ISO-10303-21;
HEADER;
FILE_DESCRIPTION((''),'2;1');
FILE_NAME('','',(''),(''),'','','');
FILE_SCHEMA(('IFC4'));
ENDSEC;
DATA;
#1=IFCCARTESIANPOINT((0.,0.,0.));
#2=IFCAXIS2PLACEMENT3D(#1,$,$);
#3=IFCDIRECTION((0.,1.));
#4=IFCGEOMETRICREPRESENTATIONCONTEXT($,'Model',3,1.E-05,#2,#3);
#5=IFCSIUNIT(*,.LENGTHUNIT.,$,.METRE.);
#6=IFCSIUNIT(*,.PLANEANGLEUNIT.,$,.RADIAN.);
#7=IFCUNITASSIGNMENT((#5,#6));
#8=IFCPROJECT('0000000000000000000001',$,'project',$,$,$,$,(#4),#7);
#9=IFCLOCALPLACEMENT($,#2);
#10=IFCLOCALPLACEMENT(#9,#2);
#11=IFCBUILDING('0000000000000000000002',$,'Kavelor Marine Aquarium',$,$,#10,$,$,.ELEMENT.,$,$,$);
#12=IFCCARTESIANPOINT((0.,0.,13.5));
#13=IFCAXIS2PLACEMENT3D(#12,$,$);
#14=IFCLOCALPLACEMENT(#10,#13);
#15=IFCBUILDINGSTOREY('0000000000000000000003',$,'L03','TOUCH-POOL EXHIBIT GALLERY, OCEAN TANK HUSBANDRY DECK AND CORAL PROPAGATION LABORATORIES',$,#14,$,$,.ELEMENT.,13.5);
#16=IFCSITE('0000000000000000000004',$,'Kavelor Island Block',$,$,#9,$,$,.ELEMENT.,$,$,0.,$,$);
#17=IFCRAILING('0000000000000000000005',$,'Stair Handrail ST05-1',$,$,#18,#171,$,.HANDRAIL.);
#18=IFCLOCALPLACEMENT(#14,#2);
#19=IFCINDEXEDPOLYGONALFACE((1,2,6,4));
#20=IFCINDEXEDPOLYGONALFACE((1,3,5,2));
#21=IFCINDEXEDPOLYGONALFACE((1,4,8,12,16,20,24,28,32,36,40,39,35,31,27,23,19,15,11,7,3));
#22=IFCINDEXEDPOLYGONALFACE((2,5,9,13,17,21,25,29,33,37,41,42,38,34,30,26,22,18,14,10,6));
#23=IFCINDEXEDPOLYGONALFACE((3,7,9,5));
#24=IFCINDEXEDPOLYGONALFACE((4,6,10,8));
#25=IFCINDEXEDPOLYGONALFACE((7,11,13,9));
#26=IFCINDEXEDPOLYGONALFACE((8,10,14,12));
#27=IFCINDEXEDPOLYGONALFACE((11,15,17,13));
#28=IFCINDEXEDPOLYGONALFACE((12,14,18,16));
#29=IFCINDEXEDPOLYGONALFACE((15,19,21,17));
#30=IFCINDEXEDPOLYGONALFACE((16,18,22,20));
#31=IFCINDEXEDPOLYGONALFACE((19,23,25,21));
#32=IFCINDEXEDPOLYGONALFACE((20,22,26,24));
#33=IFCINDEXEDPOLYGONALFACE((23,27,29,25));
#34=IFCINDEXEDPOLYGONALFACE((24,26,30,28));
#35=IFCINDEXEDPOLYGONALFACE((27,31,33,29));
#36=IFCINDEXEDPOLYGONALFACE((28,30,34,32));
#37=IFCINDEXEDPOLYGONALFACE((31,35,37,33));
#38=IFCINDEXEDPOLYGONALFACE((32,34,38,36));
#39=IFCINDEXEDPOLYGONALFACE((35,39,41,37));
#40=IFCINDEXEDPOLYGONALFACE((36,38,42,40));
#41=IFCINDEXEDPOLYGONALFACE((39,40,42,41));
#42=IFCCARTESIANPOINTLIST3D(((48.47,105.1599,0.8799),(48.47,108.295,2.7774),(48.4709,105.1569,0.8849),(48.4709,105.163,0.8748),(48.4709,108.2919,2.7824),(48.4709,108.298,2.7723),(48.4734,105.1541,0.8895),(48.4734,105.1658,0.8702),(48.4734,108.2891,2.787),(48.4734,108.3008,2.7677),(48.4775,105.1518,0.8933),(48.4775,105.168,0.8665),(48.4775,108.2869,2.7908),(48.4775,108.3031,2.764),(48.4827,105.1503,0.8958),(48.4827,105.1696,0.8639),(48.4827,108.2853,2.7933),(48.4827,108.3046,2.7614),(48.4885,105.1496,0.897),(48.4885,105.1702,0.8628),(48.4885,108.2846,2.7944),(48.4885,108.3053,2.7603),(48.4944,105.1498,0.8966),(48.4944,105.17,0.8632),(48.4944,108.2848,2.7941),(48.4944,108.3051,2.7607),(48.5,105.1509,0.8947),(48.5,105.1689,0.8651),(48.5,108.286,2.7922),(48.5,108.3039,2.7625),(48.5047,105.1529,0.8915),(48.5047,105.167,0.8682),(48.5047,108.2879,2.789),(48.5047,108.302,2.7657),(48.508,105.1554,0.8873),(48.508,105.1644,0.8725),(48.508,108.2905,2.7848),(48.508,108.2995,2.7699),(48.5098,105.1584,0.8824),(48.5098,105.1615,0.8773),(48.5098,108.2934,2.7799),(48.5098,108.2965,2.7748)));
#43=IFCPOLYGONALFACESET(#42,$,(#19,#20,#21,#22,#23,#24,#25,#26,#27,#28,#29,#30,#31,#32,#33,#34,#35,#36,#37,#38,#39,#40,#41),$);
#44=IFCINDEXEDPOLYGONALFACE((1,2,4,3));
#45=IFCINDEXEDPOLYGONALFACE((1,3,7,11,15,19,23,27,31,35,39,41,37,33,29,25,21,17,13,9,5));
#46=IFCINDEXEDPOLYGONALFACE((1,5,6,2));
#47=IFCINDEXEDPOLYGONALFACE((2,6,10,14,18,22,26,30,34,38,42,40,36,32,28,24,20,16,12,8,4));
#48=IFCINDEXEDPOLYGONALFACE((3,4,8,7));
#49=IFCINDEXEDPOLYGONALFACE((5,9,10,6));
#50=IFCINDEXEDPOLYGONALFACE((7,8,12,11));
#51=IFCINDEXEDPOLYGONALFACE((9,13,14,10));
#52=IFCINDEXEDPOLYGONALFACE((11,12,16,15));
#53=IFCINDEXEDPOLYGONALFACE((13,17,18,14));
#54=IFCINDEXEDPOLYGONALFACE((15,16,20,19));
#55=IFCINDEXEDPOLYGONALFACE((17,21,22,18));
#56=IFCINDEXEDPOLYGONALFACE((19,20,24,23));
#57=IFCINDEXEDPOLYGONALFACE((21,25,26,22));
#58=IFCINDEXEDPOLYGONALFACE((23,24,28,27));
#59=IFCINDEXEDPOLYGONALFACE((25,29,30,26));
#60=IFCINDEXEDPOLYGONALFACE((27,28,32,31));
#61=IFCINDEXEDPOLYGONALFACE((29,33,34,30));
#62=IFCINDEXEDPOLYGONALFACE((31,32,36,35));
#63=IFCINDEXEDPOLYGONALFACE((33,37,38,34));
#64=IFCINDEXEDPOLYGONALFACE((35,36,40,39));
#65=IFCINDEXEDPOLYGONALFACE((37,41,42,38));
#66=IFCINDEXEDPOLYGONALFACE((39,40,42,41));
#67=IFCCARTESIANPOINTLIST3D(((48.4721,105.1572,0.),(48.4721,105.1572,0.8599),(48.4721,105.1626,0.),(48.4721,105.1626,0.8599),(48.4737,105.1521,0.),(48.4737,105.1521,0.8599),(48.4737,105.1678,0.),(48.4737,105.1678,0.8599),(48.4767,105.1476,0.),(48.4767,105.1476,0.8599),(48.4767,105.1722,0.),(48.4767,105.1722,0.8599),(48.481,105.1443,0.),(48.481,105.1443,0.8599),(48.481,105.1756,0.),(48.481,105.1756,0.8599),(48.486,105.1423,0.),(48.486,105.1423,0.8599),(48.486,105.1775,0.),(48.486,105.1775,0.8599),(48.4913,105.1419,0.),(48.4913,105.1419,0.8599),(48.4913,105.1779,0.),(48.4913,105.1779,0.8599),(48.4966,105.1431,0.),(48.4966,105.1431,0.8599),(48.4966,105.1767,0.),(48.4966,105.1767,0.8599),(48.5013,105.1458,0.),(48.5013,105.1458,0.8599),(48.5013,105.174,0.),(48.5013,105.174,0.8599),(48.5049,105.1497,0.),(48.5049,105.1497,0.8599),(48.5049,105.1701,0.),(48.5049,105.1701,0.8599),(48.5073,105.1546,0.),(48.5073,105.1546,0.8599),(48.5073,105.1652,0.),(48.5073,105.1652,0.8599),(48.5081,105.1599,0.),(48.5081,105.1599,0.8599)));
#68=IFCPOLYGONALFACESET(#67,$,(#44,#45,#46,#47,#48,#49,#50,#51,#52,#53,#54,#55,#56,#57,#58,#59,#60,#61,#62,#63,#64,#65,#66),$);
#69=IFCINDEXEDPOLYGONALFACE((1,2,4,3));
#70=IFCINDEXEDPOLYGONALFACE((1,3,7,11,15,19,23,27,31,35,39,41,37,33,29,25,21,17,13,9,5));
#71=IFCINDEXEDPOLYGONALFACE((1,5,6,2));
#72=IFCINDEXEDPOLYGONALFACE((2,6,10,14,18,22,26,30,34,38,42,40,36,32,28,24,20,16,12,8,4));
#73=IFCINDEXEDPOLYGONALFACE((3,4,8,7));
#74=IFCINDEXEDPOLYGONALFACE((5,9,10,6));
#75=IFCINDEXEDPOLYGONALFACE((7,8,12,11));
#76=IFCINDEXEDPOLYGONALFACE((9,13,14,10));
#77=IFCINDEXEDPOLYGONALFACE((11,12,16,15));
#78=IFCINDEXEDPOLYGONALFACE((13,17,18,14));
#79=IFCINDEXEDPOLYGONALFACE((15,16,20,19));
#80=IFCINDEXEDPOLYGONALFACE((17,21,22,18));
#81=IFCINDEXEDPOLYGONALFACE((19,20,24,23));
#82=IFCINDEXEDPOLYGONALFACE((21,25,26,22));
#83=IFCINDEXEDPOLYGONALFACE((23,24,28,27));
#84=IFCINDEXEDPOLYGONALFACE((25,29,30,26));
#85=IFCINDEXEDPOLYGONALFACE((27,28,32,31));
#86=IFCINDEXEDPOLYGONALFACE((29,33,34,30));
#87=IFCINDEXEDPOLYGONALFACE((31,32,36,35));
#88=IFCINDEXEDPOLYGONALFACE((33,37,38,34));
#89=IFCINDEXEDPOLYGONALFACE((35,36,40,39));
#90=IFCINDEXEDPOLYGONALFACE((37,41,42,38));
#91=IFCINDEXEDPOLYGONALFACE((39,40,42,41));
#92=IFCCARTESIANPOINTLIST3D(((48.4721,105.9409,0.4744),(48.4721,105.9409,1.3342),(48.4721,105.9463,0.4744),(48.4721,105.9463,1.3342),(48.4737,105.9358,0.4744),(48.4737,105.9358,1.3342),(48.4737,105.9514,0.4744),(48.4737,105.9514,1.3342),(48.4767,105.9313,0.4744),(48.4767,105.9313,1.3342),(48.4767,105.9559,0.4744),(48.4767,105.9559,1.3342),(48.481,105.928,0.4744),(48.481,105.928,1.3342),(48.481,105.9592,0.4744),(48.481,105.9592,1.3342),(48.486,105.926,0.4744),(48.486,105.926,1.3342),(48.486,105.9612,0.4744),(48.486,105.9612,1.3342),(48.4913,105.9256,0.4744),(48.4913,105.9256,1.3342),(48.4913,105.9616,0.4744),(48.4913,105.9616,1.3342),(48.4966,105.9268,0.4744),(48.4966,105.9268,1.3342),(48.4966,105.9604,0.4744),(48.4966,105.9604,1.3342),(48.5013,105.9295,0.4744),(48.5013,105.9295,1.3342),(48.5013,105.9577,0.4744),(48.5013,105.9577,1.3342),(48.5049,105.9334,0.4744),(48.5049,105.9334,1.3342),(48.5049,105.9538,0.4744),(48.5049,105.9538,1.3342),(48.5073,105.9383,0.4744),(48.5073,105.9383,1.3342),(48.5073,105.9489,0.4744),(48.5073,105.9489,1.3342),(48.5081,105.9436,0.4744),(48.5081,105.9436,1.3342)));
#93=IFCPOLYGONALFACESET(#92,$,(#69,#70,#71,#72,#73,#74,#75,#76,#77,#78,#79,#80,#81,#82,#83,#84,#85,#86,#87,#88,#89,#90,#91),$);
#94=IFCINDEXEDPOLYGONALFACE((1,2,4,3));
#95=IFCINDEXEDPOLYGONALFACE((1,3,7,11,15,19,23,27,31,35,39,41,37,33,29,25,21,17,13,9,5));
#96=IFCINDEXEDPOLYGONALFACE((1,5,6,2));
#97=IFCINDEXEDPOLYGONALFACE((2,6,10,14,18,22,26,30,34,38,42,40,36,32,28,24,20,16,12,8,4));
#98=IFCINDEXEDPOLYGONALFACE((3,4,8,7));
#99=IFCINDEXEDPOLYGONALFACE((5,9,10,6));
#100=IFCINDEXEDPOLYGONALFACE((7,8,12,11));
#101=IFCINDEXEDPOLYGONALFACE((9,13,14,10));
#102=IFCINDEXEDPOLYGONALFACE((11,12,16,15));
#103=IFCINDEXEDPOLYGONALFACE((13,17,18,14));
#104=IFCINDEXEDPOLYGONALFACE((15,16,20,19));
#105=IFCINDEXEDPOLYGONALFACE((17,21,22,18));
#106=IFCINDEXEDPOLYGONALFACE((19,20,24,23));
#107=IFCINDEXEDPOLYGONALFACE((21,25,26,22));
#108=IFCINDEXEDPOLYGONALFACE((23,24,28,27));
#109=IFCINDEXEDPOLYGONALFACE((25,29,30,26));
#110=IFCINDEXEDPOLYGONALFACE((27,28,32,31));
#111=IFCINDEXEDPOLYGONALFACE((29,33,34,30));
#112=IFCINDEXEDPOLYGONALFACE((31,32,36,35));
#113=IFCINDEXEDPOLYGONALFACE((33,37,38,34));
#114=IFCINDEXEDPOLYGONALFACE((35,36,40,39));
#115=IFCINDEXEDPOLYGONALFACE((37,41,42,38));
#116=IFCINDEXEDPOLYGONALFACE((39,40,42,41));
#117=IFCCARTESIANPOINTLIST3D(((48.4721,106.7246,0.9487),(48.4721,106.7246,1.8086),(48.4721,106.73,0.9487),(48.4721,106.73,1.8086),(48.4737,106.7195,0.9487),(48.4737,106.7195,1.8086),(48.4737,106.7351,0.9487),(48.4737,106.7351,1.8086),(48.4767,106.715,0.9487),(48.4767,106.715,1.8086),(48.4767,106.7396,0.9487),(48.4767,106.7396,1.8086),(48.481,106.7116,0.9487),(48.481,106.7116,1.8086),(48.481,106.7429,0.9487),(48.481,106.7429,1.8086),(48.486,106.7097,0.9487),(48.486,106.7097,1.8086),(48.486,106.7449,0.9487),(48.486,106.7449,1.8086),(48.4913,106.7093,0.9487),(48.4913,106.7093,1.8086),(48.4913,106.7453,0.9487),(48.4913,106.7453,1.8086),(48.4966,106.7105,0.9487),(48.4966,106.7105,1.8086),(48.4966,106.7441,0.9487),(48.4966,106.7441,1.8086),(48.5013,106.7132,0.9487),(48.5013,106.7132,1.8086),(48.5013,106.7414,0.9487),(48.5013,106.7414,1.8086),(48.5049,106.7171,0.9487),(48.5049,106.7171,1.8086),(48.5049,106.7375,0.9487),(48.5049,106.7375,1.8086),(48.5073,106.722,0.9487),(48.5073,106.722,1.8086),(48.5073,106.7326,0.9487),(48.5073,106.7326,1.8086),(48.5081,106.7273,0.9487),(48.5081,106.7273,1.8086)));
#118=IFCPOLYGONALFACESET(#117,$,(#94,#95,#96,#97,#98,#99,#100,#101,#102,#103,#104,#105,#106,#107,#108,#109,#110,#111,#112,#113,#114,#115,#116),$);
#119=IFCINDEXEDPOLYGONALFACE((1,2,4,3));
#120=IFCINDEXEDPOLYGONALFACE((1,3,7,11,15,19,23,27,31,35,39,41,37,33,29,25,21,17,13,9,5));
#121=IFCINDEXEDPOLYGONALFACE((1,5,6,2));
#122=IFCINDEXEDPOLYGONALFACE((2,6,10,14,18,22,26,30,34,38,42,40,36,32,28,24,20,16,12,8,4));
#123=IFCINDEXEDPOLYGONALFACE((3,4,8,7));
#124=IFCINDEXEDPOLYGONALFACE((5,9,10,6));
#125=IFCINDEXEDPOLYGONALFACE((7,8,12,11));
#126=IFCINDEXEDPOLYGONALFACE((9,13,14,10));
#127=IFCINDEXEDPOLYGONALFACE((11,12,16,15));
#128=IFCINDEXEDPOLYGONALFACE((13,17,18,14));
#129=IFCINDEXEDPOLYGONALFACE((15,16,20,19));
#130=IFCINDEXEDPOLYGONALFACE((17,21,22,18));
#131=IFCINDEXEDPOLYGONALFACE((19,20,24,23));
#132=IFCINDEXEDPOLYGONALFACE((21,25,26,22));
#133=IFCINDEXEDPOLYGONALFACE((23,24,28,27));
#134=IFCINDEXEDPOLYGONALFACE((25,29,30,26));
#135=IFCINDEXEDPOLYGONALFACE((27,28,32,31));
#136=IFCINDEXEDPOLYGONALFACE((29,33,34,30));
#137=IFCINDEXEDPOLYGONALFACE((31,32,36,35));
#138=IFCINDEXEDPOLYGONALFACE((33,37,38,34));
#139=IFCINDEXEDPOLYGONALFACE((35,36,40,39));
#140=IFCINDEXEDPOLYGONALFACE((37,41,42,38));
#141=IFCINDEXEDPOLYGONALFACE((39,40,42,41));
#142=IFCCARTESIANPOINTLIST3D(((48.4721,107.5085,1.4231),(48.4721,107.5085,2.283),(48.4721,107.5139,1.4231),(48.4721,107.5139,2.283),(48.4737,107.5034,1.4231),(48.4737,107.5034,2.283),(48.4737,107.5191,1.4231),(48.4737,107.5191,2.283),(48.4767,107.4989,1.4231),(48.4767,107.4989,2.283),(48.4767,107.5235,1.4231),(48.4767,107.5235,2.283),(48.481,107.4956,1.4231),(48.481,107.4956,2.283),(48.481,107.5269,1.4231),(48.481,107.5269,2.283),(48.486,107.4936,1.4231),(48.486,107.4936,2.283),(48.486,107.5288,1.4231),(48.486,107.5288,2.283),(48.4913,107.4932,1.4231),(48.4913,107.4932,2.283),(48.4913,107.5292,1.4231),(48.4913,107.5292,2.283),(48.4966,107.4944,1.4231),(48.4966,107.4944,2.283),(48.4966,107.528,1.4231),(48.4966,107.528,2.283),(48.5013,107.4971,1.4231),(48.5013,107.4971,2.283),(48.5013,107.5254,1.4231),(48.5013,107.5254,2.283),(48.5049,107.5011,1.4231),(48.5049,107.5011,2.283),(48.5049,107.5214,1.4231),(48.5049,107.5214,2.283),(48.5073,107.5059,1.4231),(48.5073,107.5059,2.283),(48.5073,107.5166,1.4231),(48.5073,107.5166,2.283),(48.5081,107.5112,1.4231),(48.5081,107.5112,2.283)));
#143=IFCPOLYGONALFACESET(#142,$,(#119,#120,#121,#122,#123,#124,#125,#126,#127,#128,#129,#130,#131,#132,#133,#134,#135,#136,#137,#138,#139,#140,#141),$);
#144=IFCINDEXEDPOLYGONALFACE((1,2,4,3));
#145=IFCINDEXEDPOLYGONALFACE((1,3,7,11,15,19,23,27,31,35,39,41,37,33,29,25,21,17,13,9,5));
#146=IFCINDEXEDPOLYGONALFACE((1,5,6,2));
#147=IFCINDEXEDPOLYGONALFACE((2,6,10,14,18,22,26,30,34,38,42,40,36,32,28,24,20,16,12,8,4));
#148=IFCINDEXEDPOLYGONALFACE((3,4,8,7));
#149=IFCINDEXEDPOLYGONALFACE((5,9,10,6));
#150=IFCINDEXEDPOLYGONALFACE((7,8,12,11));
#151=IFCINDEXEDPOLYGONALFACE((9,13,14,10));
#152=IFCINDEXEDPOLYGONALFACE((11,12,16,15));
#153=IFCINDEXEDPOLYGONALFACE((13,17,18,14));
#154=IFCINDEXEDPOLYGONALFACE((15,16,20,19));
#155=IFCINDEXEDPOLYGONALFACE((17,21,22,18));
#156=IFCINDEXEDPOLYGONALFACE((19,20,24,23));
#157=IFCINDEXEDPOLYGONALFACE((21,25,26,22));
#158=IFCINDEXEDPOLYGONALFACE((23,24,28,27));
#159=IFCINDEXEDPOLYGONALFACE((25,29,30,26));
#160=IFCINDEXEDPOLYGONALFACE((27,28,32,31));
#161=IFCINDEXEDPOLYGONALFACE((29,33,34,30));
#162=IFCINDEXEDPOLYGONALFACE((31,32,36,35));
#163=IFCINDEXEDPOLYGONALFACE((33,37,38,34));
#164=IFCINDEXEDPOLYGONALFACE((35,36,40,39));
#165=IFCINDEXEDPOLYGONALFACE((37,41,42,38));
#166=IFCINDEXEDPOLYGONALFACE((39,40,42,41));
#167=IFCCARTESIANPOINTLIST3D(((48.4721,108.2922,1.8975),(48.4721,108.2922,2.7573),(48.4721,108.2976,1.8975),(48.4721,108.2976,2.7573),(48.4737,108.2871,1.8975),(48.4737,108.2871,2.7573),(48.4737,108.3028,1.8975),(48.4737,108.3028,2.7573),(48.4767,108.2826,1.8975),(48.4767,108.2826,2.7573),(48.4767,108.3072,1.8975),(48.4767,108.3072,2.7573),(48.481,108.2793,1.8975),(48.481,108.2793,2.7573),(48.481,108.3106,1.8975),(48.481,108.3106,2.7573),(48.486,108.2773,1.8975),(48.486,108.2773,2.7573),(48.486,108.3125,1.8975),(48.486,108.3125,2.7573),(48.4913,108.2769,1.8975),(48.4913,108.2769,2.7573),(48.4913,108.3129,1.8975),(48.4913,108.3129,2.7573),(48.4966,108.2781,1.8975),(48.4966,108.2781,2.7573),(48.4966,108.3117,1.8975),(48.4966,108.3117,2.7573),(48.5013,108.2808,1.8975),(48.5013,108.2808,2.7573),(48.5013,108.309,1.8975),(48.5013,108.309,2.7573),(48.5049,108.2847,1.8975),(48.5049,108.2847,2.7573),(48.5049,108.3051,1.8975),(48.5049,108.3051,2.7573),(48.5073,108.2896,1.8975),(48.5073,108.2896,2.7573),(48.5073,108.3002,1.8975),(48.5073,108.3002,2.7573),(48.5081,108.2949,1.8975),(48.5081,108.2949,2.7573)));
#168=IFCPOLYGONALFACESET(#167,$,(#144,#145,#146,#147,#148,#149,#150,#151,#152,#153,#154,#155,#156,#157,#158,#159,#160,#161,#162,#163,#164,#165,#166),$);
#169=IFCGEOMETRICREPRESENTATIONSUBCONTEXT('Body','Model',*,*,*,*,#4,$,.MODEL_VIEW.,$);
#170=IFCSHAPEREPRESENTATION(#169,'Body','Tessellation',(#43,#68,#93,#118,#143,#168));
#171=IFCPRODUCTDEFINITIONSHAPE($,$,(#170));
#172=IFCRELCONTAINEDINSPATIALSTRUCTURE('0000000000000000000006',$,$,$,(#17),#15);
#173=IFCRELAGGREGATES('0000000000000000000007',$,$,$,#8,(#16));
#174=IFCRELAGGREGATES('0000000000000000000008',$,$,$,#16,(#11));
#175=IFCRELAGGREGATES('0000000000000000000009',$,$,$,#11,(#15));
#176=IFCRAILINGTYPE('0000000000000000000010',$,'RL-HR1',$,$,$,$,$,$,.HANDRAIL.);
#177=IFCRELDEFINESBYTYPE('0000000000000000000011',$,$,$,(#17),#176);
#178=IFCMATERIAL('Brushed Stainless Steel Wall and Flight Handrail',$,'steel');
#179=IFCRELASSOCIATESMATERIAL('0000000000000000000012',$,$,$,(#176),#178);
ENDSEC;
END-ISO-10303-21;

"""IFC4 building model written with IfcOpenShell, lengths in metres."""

from ifc_helpers import new_model, si_unit, direction, frame, origin, origin_2d, place, context, subcontext, project, spatial, circle, extrude, material, type_object, element, save


model = new_model("IFC4")

# Units and contexts
model_context = context("Model", 3, precision=1e-05, world=origin(), true_north=direction((0.0, 1.0)))
body_context = subcontext(model_context, "Body", "Model", "MODEL_VIEW")
ifc_project = project(units=[si_unit("LENGTHUNIT", "METRE"), si_unit("PLANEANGLEUNIT", "RADIAN")], contexts=[model_context])

# Site, building, storey
site_placement = place(None, origin())
site = spatial("IfcSite", under=ifc_project, at=site_placement, Name="Kavelor Island Block", CompositionType="ELEMENT", RefElevation=0.0)
building_placement = place(site_placement, origin())
building = spatial("IfcBuilding", under=site, at=building_placement, Name="Kavelor Marine Aquarium", CompositionType="ELEMENT")
storey_placement = place(building_placement, frame((0.0, 0.0, 13.5)))
storey = spatial("IfcBuildingStorey", under=building, at=storey_placement, Name="L03", Description="TOUCH-POOL EXHIBIT GALLERY, OCEAN TANK HUSBANDRY DECK AND CORAL PROPAGATION LABORATORIES", CompositionType="ELEMENT", Elevation=13.5)

# Railing
ifc_material_1 = material(Name="Brushed Stainless Steel Wall and Flight Handrail", Category="steel")
railing_type_1 = type_object("IfcRailingType", Name="RL-HR1", PredefinedType="HANDRAIL", material=ifc_material_1)
railing_1_placement = place(storey_placement, frame((48.49, 105.1599, 0.0)))
element("IfcRailing", 1, at=railing_1_placement, inside=storey, type_object=railing_type_1, Name="Stair Handrail ST05-1", PredefinedType="HANDRAIL", context=body_context, shape_type="SweptSolid", body=[
    extrude(circle(Radius=0.02, at=origin_2d()), frame((0.0, 0.0, 0.8799), z_axis=(0.0, 0.855506, 0.517794), x_axis=(-1.0, 0.0, 0.0)), (0.0, 0.0, 1.0), 3.6646),
    extrude(circle(Radius=0.0181, at=origin_2d()), origin(), (0.0, 0.0, 1.0), 0.8599),
    extrude(circle(Radius=0.0181, at=origin_2d()), frame((0.0, 0.7837, 0.4744)), (0.0, 0.0, 1.0), 0.8599),
    extrude(circle(Radius=0.0181, at=origin_2d()), frame((0.0, 1.5674, 0.9487)), (0.0, 0.0, 1.0), 0.8599),
    extrude(circle(Radius=0.0181, at=origin_2d()), frame((0.0, 2.3513, 1.4231)), (0.0, 0.0, 1.0), 0.8599),
    extrude(circle(Radius=0.0181, at=origin_2d()), frame((0.0, 3.135, 1.8975)), (0.0, 0.0, 1.0), 0.8599),
])

save(model, "model.ifc")
